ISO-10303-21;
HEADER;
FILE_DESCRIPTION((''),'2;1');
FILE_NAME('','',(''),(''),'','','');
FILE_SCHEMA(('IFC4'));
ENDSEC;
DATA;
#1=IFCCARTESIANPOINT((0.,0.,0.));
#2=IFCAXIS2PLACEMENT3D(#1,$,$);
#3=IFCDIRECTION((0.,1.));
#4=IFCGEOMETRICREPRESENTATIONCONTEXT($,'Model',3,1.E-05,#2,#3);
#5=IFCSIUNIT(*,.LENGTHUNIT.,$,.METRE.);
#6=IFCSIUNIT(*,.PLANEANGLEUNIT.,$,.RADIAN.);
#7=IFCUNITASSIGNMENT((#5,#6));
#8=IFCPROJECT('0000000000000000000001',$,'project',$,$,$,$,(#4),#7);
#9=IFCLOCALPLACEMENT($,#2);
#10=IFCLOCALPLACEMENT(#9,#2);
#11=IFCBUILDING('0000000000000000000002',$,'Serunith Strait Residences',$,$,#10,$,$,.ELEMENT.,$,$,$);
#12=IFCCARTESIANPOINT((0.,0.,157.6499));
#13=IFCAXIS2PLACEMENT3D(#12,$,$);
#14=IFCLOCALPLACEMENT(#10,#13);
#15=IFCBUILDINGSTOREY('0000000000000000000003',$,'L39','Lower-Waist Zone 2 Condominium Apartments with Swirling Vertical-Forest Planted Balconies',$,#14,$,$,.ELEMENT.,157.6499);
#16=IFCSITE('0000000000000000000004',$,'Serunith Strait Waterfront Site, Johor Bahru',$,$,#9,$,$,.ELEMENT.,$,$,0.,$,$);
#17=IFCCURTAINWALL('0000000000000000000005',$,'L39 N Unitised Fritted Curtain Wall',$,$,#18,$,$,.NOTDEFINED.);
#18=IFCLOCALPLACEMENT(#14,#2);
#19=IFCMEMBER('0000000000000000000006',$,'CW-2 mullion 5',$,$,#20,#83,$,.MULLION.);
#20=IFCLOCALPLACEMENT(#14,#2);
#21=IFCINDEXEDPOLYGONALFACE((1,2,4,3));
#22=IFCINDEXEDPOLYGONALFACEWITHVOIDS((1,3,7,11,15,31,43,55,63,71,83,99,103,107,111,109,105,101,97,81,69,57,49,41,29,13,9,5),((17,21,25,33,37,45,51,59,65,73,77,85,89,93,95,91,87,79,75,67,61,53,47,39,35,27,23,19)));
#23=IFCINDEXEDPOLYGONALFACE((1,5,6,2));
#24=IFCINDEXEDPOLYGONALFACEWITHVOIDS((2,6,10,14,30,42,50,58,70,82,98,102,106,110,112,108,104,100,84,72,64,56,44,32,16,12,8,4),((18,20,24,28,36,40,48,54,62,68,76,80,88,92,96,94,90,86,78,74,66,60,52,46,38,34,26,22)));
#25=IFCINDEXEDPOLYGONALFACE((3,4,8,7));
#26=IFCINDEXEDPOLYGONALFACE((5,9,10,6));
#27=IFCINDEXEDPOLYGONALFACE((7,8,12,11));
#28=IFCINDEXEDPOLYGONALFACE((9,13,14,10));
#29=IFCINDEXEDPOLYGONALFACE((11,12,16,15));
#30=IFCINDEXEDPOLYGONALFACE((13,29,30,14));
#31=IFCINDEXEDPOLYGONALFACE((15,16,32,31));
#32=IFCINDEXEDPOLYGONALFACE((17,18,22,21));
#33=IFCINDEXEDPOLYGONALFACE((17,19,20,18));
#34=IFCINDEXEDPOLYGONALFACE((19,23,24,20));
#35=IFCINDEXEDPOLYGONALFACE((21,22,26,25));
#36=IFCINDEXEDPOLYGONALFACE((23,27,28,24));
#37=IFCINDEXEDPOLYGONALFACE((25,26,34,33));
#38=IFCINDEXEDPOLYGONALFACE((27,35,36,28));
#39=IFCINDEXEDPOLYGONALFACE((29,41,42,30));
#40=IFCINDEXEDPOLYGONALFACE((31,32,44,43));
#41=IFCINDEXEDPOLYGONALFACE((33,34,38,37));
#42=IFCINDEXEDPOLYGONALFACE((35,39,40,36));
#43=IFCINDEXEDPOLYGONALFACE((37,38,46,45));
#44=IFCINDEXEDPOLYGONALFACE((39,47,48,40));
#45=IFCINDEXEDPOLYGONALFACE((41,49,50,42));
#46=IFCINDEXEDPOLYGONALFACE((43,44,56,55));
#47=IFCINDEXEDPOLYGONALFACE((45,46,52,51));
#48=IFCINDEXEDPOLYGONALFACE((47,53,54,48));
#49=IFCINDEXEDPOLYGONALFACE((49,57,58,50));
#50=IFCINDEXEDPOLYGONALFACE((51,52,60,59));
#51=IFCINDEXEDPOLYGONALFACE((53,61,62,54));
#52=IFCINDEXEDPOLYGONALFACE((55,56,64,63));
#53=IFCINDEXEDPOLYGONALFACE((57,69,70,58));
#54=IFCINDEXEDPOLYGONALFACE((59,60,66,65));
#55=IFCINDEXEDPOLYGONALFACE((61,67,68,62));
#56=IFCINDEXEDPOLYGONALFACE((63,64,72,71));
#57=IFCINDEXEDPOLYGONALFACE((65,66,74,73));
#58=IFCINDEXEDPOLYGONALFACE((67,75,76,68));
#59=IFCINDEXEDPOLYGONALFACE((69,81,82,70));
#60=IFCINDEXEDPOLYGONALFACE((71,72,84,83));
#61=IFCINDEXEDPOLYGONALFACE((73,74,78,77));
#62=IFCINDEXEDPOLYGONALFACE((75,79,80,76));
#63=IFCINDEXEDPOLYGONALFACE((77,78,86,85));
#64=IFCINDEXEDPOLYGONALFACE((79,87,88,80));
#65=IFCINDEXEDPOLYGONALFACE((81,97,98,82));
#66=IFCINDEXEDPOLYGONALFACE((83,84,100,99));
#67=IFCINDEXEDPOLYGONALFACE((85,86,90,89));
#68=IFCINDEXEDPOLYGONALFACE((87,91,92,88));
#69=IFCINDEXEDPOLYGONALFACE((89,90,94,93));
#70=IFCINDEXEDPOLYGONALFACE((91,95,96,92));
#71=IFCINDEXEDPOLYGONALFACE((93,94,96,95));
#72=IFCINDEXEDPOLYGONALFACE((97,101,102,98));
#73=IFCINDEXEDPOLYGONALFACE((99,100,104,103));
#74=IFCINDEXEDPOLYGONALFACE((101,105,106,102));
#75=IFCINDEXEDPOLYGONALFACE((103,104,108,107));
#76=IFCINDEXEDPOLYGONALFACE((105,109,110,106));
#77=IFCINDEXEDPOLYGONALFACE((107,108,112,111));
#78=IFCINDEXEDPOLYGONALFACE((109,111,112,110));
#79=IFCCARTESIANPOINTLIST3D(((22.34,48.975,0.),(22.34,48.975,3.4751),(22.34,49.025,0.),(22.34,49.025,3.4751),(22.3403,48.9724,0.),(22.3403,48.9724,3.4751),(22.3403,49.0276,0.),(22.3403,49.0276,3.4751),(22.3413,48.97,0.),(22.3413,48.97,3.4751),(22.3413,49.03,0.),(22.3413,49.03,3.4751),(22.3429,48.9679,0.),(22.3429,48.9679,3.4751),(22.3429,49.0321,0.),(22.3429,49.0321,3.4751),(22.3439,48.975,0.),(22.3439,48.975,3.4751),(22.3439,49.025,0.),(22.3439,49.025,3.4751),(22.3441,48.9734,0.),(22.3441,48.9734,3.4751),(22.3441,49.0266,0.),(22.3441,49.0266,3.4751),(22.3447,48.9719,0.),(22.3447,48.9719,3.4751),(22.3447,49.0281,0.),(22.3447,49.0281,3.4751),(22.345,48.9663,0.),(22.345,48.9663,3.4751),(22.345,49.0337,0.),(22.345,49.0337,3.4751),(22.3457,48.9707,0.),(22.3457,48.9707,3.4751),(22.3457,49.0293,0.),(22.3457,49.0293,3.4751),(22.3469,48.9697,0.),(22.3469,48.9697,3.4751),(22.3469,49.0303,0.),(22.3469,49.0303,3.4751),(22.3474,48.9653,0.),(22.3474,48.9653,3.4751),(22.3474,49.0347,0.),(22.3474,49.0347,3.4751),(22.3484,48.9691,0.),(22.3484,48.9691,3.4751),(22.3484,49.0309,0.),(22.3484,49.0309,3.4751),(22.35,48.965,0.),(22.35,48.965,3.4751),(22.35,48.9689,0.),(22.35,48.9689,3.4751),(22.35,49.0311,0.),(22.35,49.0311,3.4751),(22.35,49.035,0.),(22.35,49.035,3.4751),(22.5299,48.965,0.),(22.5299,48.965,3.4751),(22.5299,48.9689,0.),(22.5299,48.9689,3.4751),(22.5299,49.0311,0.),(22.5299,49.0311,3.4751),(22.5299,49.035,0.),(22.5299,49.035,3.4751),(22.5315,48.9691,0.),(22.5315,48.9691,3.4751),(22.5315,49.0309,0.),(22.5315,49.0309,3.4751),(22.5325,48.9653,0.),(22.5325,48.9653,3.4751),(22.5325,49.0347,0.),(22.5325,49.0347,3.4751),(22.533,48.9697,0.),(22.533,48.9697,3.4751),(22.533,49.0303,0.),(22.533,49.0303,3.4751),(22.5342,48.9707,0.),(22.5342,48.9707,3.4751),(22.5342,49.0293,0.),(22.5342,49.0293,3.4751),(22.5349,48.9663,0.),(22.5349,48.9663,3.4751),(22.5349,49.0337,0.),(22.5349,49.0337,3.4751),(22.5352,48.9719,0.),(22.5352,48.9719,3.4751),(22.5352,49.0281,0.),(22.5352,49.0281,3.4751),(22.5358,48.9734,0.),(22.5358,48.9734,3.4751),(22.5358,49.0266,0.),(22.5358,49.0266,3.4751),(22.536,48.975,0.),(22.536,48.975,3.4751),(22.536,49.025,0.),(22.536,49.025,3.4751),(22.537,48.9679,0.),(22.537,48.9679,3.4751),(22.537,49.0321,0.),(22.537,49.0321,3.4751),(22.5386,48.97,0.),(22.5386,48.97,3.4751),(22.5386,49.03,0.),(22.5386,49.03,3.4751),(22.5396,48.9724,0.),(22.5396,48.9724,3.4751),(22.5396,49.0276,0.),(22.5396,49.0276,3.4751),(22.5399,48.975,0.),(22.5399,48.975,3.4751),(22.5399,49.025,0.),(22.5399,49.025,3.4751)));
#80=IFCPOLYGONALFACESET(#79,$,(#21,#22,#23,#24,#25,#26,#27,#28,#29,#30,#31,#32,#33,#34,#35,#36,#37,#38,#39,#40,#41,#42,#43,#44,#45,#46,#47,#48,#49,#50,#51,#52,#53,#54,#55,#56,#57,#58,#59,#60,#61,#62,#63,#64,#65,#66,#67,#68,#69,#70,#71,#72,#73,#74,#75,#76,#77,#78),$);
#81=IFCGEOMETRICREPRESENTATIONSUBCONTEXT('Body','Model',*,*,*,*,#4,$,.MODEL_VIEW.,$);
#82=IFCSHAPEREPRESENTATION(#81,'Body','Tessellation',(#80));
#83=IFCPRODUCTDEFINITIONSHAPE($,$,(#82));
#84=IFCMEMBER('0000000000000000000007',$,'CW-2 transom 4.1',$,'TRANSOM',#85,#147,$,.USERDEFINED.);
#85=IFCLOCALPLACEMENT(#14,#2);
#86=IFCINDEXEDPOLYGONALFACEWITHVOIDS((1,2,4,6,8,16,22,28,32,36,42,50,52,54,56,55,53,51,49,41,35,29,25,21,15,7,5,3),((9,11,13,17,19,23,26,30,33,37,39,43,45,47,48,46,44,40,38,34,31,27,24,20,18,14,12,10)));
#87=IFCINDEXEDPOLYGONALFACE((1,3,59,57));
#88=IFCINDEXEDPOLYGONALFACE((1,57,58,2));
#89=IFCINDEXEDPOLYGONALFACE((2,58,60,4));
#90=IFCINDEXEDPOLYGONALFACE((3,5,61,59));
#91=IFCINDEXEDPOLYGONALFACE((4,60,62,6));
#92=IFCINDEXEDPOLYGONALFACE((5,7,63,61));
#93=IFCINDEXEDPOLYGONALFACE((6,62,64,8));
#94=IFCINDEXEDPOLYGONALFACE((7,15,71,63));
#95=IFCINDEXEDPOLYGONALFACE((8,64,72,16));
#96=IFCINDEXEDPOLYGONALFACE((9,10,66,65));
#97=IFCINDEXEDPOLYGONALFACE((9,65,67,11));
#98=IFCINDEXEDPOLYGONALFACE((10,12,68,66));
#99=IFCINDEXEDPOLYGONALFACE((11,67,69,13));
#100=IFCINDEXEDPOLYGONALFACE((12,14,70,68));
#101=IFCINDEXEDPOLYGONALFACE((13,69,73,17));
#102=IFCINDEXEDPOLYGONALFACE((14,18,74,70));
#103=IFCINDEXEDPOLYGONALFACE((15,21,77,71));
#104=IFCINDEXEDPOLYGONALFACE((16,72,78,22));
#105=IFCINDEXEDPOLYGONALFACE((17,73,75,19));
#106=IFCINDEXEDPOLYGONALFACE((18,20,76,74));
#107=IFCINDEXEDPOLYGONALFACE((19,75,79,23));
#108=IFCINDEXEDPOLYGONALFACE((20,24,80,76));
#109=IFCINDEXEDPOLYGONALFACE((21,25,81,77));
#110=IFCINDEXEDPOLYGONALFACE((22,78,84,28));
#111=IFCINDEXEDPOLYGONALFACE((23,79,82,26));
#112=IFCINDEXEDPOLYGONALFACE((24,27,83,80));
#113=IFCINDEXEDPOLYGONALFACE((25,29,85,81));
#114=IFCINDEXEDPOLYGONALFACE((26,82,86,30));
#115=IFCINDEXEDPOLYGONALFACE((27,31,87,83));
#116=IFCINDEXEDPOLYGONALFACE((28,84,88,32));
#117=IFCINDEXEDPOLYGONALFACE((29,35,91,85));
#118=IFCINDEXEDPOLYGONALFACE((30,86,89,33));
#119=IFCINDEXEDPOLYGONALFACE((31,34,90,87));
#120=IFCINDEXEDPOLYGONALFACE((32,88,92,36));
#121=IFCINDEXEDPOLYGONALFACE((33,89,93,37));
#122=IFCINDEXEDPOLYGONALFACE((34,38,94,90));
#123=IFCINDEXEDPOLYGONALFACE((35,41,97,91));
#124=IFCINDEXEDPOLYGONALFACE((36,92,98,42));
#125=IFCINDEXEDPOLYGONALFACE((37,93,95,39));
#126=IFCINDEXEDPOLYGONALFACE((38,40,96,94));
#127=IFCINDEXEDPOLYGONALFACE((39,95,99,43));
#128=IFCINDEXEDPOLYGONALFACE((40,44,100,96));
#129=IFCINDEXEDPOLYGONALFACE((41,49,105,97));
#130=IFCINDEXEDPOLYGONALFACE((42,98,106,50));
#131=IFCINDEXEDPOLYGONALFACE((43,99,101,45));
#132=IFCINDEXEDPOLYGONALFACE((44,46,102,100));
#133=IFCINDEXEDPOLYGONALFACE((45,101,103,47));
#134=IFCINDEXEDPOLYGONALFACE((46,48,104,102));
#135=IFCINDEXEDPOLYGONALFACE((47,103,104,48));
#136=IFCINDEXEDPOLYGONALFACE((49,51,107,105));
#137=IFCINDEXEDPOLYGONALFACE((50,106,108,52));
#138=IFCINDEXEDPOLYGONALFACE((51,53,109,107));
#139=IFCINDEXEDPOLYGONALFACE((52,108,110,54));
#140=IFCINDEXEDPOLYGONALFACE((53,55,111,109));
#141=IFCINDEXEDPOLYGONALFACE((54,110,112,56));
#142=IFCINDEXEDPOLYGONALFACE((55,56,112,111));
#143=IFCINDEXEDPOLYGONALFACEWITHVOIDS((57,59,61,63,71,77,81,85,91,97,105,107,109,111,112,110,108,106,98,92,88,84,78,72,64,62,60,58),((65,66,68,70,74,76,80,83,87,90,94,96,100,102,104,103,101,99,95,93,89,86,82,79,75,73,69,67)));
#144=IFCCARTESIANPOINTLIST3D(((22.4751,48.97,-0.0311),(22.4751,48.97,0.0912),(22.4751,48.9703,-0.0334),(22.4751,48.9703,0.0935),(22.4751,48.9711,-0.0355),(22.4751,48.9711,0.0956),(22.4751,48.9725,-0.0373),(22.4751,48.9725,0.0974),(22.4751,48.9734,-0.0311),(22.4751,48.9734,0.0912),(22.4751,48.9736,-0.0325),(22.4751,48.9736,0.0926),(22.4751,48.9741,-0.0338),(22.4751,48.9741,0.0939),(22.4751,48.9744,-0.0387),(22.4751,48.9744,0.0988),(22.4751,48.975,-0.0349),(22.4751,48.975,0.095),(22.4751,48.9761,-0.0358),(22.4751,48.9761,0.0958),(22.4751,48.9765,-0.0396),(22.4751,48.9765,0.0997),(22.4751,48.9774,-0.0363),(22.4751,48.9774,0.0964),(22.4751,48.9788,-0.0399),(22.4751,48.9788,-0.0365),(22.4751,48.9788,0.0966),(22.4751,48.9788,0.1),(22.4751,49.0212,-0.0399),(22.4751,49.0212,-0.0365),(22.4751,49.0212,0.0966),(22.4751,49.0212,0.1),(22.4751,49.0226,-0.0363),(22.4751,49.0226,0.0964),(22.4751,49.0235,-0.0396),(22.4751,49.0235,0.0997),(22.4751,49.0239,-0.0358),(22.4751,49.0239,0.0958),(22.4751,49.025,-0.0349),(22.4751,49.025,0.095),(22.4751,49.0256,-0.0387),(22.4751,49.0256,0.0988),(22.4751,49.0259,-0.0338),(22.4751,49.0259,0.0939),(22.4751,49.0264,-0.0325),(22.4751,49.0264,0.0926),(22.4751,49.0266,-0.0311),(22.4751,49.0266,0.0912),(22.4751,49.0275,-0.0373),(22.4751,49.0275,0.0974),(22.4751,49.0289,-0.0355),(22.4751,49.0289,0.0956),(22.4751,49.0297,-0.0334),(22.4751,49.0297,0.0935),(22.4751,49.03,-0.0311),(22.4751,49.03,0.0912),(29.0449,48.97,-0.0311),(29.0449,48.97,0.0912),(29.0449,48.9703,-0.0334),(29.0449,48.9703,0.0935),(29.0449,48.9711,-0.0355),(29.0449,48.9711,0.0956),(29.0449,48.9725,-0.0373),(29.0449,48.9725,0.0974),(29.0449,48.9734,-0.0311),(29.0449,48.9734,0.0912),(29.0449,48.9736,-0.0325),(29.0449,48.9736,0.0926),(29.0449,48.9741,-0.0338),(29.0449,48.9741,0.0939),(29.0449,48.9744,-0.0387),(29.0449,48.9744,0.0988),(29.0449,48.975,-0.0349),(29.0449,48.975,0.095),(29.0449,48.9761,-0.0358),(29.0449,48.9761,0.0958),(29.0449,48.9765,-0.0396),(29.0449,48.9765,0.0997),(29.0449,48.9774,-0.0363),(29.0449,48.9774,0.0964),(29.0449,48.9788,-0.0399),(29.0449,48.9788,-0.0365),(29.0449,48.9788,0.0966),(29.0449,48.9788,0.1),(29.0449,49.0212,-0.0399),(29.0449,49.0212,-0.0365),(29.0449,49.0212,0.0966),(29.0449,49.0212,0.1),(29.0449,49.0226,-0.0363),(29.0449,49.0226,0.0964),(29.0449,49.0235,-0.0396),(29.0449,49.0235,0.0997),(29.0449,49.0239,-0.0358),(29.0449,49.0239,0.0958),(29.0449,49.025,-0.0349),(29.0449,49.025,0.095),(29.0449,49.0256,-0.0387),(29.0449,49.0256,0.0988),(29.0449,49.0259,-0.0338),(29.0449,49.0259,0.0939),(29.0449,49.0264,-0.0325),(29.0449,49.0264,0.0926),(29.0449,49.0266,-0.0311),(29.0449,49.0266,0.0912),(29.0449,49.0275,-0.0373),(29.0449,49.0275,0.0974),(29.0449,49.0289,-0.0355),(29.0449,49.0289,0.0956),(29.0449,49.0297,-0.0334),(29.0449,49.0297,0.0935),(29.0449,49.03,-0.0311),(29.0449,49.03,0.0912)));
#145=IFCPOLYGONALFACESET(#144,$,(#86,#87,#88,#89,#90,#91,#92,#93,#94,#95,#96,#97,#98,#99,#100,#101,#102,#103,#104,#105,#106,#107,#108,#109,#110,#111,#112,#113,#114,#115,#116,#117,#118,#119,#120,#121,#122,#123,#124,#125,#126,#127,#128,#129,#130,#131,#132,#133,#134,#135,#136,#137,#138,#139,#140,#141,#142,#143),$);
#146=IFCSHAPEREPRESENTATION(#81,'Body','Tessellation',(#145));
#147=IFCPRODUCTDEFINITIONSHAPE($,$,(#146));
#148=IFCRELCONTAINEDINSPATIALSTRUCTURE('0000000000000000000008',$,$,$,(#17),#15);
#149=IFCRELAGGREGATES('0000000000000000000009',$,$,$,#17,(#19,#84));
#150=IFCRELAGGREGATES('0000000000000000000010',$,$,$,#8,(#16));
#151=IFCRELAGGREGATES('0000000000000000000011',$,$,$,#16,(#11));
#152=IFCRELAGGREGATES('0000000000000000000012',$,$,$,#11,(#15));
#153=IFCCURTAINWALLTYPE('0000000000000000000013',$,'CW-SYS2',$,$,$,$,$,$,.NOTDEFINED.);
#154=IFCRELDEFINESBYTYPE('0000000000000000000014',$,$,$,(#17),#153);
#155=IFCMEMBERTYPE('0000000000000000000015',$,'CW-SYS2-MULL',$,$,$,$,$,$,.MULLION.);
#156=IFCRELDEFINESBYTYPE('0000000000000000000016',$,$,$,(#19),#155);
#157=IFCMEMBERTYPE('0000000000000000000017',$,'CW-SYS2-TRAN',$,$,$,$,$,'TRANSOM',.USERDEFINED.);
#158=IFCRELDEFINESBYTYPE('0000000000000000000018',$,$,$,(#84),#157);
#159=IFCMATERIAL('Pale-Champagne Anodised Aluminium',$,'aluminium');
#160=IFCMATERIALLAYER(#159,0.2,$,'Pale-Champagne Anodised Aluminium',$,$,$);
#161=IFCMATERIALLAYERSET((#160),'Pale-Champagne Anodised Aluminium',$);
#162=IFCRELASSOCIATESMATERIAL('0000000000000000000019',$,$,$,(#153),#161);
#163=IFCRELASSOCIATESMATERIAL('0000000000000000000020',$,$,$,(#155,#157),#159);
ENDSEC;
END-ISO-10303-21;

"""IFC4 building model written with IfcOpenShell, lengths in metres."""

from ifc_helpers import new_model, si_unit, direction, frame, origin, origin_2d, place, context, subcontext, project, spatial, hollow_rectangle, extrude, source, transform, mapped, material, layer, layer_set, material_profile, profile_set, type_object, element, aggregate, save


model = new_model("IFC4")

# Units and contexts
model_context = context("Model", 3, precision=1e-05, world=origin(), true_north=direction((0.0, 1.0)))
body_context = subcontext(model_context, "Body", "Model", "MODEL_VIEW")
ifc_project = project(units=[si_unit("LENGTHUNIT", "METRE"), si_unit("PLANEANGLEUNIT", "RADIAN")], contexts=[model_context])

# Site, building, storey
site_placement = place(None, origin())
site = spatial("IfcSite", under=ifc_project, at=site_placement, Name="Serunith Strait Waterfront Site, Johor Bahru", CompositionType="ELEMENT", RefElevation=0.0)
building_placement = place(site_placement, origin())
building = spatial("IfcBuilding", under=site, at=building_placement, Name="Serunith Strait Residences", CompositionType="ELEMENT")
storey_placement = place(building_placement, frame((0.0, 0.0, 157.6499)))
storey = spatial("IfcBuildingStorey", under=building, at=storey_placement, Name="L39", Description="Lower-Waist Zone 2 Condominium Apartments with Swirling Vertical-Forest Planted Balconies", CompositionType="ELEMENT", Elevation=157.6499)

# Curtain wall, members
ifc_material_1 = material(Name="Pale-Champagne Anodised Aluminium", Category="aluminium")
ifc_layer_1 = layer(ifc_material_1, 0.2, Name="Pale-Champagne Anodised Aluminium")
ifc_layer_set_1 = layer_set([ifc_layer_1], Name="Pale-Champagne Anodised Aluminium")
curtain_wall_type = type_object("IfcCurtainWallType", Name="CW-SYS2", PredefinedType="NOTDEFINED", material=ifc_layer_set_1)
curtain_wall_placement = place(storey_placement, origin())
curtain_wall = element("IfcCurtainWall", 1, at=curtain_wall_placement, inside=storey, type_object=curtain_wall_type, Name="L39 N Unitised Fritted Curtain Wall", PredefinedType="NOTDEFINED")
ifc_material_profile_1 = material_profile(ifc_material_1, hollow_rectangle(XDim=0.0701, YDim=0.2, WallThickness=0.0039, InnerFilletRadius=0.0061, OuterFilletRadius=0.01, at=origin_2d()), Name="ALU 200x70x4")
ifc_profile_set_1 = profile_set([ifc_material_profile_1], Name="Pale-Champagne Anodised Aluminium")
member_type_1 = type_object("IfcMemberType", Name="CW-SYS2-MULL", PredefinedType="MULLION", material=ifc_profile_set_1)
shared_shape_1 = source(origin(), body_context, "Body", "SweptSolid", [
    extrude(hollow_rectangle(XDim=0.0701, YDim=0.2, WallThickness=0.0039, InnerFilletRadius=0.0061, OuterFilletRadius=0.01, at=origin_2d()), origin(), (0.0, 0.0, 1.0), 3.4751),
])
member_1_placement = place(storey_placement, frame((22.4399, 49.0, 0.0), z_axis=(0.0, 0.0, 1.0), x_axis=(0.0, -1.0, 0.0)))
member_1 = element("IfcMember", 2, at=member_1_placement, type_object=member_type_1, Name="CW-2 mullion 5", PredefinedType="MULLION", context=body_context, shape_type="MappedRepresentation", body=[
    mapped(shared_shape_1, transform((0.0, 0.0, 0.0), scale=1.0)),
])
ifc_material_profile_2 = material_profile(ifc_material_1, hollow_rectangle(XDim=0.0601, YDim=0.1399, WallThickness=0.0034, InnerFilletRadius=0.0054, OuterFilletRadius=0.0088, at=origin_2d()), Name="ALU 140x60x3.5")
ifc_profile_set_2 = profile_set([ifc_material_profile_2], Name="Pale-Champagne Anodised Aluminium")
member_type_2 = type_object("IfcMemberType", Name="CW-SYS2-TRAN", ElementType="TRANSOM", PredefinedType="USERDEFINED", material=ifc_profile_set_2)
shared_shape_2 = source(origin(), body_context, "Body", "SweptSolid", [
    extrude(hollow_rectangle(XDim=0.0601, YDim=0.1399, WallThickness=0.0034, InnerFilletRadius=0.0054, OuterFilletRadius=0.0088, at=origin_2d()), origin(), (0.0, 0.0, 1.0), 6.5698),
])
member_2_placement = place(storey_placement, frame((29.0449, 49.0, 0.03), z_axis=(-1.0, 0.0, 0.0), x_axis=(0.0, -1.0, 0.0)))
member_2 = element("IfcMember", 3, at=member_2_placement, type_object=member_type_2, Name="CW-2 transom 4.1", ObjectType="TRANSOM", PredefinedType="USERDEFINED", context=body_context, shape_type="MappedRepresentation", body=[
    mapped(shared_shape_2, transform((0.0, 0.0, 0.0), scale=1.0)),
])
aggregate(curtain_wall, [member_1, member_2])

save(model, "model.ifc")
